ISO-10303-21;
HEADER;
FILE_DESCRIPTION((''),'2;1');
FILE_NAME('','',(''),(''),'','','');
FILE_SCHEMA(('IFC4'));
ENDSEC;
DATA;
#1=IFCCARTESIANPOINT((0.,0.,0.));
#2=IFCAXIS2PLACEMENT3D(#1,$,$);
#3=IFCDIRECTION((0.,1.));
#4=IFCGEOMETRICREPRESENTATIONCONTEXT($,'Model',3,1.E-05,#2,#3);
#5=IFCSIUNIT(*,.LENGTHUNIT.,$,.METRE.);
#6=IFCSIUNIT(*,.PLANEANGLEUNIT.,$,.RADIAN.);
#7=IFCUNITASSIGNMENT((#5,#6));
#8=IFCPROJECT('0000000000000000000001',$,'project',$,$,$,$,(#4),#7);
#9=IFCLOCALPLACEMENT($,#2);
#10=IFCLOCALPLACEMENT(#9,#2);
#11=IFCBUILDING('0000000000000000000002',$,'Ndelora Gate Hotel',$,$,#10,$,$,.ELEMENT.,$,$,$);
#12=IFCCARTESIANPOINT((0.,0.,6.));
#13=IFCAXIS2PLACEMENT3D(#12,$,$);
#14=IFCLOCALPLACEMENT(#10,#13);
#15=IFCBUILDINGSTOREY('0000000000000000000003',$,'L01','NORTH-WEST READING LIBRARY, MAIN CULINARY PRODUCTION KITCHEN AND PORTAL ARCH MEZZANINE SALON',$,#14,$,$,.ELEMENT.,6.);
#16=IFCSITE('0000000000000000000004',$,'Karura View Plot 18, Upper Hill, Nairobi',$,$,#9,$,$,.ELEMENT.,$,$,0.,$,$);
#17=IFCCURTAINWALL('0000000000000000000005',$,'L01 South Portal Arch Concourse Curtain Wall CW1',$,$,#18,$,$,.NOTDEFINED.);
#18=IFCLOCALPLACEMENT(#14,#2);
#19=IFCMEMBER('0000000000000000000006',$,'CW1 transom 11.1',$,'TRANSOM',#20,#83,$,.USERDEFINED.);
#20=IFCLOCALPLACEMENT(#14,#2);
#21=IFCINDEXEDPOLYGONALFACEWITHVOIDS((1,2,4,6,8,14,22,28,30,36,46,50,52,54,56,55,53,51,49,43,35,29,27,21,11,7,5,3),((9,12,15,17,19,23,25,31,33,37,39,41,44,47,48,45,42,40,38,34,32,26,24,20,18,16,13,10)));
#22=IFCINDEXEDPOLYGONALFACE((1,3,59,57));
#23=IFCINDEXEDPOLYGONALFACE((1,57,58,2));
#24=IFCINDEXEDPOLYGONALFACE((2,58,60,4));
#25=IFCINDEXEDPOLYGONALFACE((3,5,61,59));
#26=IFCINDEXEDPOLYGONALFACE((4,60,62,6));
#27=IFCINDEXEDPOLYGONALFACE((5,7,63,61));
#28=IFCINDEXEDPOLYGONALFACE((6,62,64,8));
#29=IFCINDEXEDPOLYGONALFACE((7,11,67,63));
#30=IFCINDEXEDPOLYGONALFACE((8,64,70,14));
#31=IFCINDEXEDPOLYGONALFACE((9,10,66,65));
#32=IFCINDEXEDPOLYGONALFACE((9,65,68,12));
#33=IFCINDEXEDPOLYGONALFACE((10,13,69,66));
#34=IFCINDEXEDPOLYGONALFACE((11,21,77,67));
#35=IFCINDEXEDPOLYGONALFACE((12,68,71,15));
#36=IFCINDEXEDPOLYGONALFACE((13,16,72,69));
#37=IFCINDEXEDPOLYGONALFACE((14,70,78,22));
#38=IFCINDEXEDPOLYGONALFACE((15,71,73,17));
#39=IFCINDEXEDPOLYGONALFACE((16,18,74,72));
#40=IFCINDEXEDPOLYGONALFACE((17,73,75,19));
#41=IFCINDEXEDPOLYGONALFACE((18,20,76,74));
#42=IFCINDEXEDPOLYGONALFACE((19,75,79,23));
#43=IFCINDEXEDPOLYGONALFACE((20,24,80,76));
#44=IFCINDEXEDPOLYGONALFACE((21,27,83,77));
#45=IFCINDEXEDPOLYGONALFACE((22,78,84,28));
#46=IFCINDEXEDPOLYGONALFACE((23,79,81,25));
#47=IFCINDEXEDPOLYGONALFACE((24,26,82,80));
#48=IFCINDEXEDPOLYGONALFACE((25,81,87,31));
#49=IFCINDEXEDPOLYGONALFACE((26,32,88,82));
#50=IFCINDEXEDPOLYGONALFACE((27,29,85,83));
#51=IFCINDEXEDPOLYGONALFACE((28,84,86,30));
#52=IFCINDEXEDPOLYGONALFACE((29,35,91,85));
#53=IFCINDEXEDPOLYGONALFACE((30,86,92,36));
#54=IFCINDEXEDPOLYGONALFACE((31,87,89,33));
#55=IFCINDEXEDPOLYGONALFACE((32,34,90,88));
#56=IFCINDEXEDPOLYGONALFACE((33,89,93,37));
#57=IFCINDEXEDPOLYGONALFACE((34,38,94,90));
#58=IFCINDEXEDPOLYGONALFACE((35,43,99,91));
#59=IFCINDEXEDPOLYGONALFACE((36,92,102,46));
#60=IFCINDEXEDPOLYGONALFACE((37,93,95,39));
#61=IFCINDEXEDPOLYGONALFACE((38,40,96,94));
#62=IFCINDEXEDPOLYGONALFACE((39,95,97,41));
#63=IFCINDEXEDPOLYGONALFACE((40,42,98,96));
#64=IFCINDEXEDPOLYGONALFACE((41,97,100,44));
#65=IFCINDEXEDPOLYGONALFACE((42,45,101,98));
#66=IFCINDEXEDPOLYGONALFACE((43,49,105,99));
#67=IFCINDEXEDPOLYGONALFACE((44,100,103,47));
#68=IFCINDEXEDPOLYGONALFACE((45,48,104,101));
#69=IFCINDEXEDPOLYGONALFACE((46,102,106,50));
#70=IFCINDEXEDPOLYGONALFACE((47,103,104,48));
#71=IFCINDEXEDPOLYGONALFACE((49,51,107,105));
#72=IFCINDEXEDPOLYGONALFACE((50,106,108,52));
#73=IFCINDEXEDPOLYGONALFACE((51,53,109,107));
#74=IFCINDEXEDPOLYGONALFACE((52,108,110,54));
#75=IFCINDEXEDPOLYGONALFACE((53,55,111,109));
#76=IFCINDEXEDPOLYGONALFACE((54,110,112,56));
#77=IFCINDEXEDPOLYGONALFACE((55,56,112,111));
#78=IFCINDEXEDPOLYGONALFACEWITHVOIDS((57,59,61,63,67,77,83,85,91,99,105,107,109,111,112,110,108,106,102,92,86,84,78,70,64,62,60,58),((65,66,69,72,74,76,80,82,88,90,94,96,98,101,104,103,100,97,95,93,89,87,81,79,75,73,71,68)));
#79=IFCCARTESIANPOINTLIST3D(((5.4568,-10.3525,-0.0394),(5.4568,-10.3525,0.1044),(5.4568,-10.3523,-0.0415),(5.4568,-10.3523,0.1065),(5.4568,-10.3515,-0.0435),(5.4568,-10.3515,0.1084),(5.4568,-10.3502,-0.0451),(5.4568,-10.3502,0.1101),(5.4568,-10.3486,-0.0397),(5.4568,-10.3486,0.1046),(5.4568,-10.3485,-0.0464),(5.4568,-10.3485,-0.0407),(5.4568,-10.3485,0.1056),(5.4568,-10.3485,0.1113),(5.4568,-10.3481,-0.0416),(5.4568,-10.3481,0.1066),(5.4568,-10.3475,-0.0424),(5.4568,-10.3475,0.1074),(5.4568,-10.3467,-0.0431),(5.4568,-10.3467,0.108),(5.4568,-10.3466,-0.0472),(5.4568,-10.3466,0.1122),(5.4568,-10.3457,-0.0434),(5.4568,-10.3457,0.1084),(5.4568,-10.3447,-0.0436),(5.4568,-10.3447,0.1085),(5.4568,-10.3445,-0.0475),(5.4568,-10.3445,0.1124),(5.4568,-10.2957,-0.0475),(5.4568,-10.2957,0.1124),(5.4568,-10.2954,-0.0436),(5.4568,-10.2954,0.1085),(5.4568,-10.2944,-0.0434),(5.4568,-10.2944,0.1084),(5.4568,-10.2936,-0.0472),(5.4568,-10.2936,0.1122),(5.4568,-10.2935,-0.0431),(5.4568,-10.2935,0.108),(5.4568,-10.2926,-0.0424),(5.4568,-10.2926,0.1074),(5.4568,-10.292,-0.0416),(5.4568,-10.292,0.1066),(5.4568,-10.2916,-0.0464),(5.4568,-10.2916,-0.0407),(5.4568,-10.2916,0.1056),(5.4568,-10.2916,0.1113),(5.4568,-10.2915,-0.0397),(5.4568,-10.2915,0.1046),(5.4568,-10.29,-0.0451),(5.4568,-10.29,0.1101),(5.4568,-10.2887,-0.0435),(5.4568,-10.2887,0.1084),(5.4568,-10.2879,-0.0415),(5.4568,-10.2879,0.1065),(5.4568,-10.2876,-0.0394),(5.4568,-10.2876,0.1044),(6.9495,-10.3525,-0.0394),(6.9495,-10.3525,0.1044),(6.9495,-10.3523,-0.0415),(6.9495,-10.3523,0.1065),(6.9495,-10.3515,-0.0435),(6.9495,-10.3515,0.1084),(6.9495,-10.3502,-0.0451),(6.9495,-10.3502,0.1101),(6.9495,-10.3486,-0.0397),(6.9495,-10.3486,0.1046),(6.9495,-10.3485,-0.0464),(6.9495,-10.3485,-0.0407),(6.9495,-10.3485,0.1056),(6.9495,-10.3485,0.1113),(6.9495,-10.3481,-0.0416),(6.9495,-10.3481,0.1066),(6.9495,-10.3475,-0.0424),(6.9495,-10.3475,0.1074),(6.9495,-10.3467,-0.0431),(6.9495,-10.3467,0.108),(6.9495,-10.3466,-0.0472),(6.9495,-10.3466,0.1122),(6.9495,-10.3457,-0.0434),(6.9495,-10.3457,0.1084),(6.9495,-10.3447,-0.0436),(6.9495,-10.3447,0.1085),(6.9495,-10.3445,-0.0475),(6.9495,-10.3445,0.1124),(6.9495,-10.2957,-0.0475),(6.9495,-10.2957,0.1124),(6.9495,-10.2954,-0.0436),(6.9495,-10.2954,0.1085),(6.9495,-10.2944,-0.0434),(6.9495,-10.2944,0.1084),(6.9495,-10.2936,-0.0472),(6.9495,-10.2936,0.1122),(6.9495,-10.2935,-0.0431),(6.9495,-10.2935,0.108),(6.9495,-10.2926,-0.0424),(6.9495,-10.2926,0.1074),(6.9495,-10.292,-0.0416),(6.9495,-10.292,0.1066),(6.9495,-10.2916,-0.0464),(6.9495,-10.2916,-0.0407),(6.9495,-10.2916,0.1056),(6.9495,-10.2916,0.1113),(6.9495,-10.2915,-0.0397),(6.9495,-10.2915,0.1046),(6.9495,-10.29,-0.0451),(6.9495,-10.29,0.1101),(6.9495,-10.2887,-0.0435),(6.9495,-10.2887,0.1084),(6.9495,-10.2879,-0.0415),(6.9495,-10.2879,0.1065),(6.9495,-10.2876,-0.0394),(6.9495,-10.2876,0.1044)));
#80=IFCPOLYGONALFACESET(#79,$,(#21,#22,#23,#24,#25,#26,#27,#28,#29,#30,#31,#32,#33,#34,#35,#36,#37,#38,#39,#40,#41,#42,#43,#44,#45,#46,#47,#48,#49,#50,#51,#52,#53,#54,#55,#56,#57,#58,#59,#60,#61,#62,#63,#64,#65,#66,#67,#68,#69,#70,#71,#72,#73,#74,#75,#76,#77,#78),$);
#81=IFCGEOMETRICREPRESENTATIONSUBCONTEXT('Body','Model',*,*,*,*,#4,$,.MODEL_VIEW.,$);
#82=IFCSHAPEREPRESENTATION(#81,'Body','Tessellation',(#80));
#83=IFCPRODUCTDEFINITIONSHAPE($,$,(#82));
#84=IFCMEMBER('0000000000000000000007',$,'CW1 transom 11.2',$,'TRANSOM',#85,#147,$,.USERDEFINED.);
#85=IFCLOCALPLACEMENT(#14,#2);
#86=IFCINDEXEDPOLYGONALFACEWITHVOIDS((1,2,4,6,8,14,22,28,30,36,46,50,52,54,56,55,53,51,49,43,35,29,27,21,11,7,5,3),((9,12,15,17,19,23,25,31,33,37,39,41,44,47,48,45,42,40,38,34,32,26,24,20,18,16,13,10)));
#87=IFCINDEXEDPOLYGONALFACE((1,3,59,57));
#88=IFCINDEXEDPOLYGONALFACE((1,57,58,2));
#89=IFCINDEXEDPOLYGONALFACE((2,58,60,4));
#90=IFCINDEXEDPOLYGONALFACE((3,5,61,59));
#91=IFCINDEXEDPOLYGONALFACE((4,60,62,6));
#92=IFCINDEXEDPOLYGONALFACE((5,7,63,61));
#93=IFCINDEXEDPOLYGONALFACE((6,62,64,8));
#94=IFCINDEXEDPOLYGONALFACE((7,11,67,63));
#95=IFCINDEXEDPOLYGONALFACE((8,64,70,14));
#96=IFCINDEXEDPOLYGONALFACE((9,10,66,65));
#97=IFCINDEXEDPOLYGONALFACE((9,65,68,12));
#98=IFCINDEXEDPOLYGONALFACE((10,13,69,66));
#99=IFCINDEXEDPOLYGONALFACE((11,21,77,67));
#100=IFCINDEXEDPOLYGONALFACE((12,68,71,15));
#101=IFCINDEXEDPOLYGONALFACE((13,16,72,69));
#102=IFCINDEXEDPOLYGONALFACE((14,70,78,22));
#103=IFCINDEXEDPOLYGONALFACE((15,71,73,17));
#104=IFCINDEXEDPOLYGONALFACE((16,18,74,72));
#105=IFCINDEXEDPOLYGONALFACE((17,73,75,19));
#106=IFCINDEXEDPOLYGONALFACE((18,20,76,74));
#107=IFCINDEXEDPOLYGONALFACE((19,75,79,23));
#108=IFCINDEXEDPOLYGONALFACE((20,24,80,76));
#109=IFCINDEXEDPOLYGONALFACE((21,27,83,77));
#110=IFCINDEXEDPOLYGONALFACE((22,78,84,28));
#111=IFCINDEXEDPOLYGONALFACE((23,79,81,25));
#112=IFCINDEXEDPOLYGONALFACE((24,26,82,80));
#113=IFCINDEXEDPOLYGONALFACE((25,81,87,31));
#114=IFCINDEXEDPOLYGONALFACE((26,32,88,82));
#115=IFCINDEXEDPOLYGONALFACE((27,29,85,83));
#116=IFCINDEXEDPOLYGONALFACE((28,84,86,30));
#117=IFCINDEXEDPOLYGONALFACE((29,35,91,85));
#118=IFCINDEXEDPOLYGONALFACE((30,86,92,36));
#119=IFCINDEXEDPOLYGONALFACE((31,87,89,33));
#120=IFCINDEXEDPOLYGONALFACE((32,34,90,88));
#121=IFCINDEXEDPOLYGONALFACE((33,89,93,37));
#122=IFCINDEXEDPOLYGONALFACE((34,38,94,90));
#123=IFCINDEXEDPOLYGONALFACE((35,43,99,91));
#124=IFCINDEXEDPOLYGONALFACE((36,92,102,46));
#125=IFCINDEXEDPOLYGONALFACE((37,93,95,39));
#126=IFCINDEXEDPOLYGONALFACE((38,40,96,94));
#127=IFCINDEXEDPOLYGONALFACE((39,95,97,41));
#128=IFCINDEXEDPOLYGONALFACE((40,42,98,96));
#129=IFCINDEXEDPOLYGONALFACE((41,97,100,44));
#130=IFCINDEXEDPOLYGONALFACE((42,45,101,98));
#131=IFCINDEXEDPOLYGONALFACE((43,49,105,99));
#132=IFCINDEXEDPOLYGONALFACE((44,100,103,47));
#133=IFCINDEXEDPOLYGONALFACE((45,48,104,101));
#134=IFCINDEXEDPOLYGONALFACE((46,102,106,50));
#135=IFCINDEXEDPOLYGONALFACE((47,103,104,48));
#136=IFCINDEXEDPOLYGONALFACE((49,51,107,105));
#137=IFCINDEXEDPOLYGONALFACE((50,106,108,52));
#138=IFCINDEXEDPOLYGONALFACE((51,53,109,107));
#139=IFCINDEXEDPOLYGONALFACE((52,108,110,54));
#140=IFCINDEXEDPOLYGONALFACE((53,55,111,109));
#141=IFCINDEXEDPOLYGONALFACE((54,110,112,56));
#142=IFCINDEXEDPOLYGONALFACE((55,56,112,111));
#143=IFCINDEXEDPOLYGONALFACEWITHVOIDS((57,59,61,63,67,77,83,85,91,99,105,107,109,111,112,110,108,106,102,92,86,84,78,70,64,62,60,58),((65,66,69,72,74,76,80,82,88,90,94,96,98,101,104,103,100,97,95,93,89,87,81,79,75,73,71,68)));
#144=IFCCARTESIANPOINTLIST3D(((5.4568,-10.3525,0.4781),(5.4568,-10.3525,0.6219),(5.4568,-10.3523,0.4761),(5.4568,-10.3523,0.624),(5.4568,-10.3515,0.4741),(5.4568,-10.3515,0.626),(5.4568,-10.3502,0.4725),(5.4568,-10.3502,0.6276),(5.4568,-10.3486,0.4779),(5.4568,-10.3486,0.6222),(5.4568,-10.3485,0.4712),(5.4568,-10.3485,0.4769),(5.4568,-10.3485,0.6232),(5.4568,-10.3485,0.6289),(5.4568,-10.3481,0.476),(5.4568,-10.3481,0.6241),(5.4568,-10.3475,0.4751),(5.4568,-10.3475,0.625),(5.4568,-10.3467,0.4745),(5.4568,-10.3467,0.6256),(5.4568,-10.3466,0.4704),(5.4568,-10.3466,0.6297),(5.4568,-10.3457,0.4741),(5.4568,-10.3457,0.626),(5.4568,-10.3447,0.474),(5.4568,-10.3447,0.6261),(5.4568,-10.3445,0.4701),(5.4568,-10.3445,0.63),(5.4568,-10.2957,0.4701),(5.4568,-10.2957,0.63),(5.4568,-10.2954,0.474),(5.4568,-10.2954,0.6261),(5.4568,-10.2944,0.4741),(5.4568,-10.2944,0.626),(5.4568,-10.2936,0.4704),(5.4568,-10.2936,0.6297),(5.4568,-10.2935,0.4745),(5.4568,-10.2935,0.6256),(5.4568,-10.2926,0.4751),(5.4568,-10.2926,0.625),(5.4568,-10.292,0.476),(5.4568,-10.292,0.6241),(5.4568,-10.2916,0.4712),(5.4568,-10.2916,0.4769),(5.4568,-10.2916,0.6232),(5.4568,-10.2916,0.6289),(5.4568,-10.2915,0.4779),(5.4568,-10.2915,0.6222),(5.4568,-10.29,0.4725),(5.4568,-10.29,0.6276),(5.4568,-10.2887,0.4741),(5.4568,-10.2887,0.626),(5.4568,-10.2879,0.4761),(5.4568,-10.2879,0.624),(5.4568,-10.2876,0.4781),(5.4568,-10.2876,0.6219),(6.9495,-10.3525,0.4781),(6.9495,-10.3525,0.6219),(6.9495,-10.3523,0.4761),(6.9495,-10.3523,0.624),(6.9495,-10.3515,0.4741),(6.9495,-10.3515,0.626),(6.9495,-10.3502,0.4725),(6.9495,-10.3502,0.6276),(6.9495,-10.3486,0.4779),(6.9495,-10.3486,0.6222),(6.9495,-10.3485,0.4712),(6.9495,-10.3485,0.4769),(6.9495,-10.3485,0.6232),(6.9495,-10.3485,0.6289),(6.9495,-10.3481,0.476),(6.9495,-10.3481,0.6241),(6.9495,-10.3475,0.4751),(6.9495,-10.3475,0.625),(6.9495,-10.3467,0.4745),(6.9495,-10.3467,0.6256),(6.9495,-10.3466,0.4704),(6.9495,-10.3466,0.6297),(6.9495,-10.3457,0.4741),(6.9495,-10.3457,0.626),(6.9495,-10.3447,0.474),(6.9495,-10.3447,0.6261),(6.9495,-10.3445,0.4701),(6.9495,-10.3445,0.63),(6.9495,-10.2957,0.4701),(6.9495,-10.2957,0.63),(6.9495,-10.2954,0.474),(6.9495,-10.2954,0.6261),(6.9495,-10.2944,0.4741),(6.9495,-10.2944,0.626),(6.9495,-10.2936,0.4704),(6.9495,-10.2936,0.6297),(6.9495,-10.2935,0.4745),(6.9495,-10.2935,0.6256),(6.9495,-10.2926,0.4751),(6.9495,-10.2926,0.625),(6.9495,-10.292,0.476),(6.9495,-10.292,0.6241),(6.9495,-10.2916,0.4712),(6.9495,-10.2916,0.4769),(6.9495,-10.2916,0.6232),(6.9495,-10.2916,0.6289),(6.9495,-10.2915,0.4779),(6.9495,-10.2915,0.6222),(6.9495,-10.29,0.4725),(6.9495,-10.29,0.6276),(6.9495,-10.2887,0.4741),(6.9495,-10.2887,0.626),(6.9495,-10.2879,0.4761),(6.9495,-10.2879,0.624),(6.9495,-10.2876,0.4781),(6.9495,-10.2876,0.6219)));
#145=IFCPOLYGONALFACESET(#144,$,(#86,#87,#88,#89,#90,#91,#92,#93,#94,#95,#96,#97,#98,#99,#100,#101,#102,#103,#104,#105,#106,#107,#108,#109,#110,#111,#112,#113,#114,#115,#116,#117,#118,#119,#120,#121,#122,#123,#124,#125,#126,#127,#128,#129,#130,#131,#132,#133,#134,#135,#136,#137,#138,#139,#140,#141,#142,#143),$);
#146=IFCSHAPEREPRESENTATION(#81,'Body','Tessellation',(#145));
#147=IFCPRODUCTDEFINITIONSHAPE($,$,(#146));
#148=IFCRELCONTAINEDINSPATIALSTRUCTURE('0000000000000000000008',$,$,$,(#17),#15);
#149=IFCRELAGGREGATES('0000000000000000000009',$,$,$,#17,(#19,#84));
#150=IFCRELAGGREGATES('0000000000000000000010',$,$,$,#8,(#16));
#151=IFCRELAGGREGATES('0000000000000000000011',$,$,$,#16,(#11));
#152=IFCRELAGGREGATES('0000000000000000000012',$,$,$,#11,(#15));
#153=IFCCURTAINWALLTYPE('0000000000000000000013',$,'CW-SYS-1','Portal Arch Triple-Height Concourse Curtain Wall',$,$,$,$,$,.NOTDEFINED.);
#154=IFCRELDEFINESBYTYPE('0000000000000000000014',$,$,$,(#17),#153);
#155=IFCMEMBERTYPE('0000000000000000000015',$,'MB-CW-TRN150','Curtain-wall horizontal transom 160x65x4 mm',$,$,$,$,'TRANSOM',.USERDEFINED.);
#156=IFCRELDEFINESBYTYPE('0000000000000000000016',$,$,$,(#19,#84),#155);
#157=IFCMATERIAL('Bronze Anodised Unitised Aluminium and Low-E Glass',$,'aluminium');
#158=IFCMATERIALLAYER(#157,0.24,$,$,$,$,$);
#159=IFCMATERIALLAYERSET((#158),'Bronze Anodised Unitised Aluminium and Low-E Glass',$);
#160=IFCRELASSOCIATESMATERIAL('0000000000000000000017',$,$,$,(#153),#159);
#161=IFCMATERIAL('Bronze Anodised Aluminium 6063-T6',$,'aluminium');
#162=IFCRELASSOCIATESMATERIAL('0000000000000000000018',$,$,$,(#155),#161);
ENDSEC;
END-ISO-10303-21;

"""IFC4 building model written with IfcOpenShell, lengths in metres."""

from ifc_helpers import new_model, si_unit, direction, frame, origin, origin_2d, place, context, subcontext, project, spatial, hollow_rectangle, extrude, material, layer, layer_set, material_profile, profile_set, type_object, element, aggregate, save


model = new_model("IFC4")

# Units and contexts
model_context = context("Model", 3, precision=1e-05, world=origin(), true_north=direction((0.0, 1.0)))
body_context = subcontext(model_context, "Body", "Model", "MODEL_VIEW")
ifc_project = project(units=[si_unit("LENGTHUNIT", "METRE"), si_unit("PLANEANGLEUNIT", "RADIAN")], contexts=[model_context])

# Site, building, storey
site_placement = place(None, origin())
site = spatial("IfcSite", under=ifc_project, at=site_placement, Name="Karura View Plot 18, Upper Hill, Nairobi", CompositionType="ELEMENT", RefElevation=0.0)
building_placement = place(site_placement, origin())
building = spatial("IfcBuilding", under=site, at=building_placement, Name="Ndelora Gate Hotel", CompositionType="ELEMENT")
storey_placement = place(building_placement, frame((0.0, 0.0, 6.0)))
storey = spatial("IfcBuildingStorey", under=building, at=storey_placement, Name="L01", Description="NORTH-WEST READING LIBRARY, MAIN CULINARY PRODUCTION KITCHEN AND PORTAL ARCH MEZZANINE SALON", CompositionType="ELEMENT", Elevation=6.0)

# Curtain wall, members
ifc_material_1 = material(Name="Bronze Anodised Unitised Aluminium and Low-E Glass", Category="aluminium")
ifc_layer_1 = layer(ifc_material_1, 0.24)
ifc_layer_set_1 = layer_set([ifc_layer_1], Name="Bronze Anodised Unitised Aluminium and Low-E Glass")
curtain_wall_type = type_object("IfcCurtainWallType", Name="CW-SYS-1", Description="Portal Arch Triple-Height Concourse Curtain Wall", PredefinedType="NOTDEFINED", material=ifc_layer_set_1)
curtain_wall_placement = place(storey_placement, origin())
curtain_wall = element("IfcCurtainWall", 1, at=curtain_wall_placement, inside=storey, type_object=curtain_wall_type, Name="L01 South Portal Arch Concourse Curtain Wall CW1", PredefinedType="NOTDEFINED")
ifc_material_2 = material(Name="Bronze Anodised Aluminium 6063-T6", Category="aluminium")
ifc_material_profile_1 = material_profile(ifc_material_2, hollow_rectangle(XDim=0.0649, YDim=0.1599, WallThickness=0.0039, InnerFilletRadius=0.0039, OuterFilletRadius=0.0081, at=origin_2d()), Name="ALU 160x65x4")
ifc_profile_set_1 = profile_set([ifc_material_profile_1], Name="Bronze Anodised Aluminium 6063-T6")
member_type_1 = type_object("IfcMemberType", Name="MB-CW-TRN150", Description="Curtain-wall horizontal transom 160x65x4 mm", ElementType="TRANSOM", PredefinedType="USERDEFINED", material=ifc_profile_set_1)
member_1_placement = place(storey_placement, frame((5.4568, -10.3201, 0.0325), z_axis=(1.0, 0.0, 0.0), x_axis=(0.0, 1.0, 0.0)))
member_1 = element("IfcMember", 2, at=member_1_placement, type_object=member_type_1, Name="CW1 transom 11.1", ObjectType="TRANSOM", PredefinedType="USERDEFINED", context=body_context, shape_type="SweptSolid", body=[
    extrude(hollow_rectangle(XDim=0.0649, YDim=0.1599, WallThickness=0.0039, InnerFilletRadius=0.0039, OuterFilletRadius=0.0081, at=origin_2d()), origin(), (0.0, 0.0, 1.0), 1.4927),
])
member_2_placement = place(storey_placement, frame((5.4568, -10.3201, 0.55), z_axis=(1.0, 0.0, 0.0), x_axis=(0.0, 1.0, 0.0)))
member_2 = element("IfcMember", 3, at=member_2_placement, type_object=member_type_1, Name="CW1 transom 11.2", ObjectType="TRANSOM", PredefinedType="USERDEFINED", context=body_context, shape_type="SweptSolid", body=[
    extrude(hollow_rectangle(XDim=0.0649, YDim=0.1599, WallThickness=0.0039, InnerFilletRadius=0.0039, OuterFilletRadius=0.0081, at=origin_2d()), origin(), (0.0, 0.0, 1.0), 1.4927),
])
aggregate(curtain_wall, [member_1, member_2])

save(model, "model.ifc")
